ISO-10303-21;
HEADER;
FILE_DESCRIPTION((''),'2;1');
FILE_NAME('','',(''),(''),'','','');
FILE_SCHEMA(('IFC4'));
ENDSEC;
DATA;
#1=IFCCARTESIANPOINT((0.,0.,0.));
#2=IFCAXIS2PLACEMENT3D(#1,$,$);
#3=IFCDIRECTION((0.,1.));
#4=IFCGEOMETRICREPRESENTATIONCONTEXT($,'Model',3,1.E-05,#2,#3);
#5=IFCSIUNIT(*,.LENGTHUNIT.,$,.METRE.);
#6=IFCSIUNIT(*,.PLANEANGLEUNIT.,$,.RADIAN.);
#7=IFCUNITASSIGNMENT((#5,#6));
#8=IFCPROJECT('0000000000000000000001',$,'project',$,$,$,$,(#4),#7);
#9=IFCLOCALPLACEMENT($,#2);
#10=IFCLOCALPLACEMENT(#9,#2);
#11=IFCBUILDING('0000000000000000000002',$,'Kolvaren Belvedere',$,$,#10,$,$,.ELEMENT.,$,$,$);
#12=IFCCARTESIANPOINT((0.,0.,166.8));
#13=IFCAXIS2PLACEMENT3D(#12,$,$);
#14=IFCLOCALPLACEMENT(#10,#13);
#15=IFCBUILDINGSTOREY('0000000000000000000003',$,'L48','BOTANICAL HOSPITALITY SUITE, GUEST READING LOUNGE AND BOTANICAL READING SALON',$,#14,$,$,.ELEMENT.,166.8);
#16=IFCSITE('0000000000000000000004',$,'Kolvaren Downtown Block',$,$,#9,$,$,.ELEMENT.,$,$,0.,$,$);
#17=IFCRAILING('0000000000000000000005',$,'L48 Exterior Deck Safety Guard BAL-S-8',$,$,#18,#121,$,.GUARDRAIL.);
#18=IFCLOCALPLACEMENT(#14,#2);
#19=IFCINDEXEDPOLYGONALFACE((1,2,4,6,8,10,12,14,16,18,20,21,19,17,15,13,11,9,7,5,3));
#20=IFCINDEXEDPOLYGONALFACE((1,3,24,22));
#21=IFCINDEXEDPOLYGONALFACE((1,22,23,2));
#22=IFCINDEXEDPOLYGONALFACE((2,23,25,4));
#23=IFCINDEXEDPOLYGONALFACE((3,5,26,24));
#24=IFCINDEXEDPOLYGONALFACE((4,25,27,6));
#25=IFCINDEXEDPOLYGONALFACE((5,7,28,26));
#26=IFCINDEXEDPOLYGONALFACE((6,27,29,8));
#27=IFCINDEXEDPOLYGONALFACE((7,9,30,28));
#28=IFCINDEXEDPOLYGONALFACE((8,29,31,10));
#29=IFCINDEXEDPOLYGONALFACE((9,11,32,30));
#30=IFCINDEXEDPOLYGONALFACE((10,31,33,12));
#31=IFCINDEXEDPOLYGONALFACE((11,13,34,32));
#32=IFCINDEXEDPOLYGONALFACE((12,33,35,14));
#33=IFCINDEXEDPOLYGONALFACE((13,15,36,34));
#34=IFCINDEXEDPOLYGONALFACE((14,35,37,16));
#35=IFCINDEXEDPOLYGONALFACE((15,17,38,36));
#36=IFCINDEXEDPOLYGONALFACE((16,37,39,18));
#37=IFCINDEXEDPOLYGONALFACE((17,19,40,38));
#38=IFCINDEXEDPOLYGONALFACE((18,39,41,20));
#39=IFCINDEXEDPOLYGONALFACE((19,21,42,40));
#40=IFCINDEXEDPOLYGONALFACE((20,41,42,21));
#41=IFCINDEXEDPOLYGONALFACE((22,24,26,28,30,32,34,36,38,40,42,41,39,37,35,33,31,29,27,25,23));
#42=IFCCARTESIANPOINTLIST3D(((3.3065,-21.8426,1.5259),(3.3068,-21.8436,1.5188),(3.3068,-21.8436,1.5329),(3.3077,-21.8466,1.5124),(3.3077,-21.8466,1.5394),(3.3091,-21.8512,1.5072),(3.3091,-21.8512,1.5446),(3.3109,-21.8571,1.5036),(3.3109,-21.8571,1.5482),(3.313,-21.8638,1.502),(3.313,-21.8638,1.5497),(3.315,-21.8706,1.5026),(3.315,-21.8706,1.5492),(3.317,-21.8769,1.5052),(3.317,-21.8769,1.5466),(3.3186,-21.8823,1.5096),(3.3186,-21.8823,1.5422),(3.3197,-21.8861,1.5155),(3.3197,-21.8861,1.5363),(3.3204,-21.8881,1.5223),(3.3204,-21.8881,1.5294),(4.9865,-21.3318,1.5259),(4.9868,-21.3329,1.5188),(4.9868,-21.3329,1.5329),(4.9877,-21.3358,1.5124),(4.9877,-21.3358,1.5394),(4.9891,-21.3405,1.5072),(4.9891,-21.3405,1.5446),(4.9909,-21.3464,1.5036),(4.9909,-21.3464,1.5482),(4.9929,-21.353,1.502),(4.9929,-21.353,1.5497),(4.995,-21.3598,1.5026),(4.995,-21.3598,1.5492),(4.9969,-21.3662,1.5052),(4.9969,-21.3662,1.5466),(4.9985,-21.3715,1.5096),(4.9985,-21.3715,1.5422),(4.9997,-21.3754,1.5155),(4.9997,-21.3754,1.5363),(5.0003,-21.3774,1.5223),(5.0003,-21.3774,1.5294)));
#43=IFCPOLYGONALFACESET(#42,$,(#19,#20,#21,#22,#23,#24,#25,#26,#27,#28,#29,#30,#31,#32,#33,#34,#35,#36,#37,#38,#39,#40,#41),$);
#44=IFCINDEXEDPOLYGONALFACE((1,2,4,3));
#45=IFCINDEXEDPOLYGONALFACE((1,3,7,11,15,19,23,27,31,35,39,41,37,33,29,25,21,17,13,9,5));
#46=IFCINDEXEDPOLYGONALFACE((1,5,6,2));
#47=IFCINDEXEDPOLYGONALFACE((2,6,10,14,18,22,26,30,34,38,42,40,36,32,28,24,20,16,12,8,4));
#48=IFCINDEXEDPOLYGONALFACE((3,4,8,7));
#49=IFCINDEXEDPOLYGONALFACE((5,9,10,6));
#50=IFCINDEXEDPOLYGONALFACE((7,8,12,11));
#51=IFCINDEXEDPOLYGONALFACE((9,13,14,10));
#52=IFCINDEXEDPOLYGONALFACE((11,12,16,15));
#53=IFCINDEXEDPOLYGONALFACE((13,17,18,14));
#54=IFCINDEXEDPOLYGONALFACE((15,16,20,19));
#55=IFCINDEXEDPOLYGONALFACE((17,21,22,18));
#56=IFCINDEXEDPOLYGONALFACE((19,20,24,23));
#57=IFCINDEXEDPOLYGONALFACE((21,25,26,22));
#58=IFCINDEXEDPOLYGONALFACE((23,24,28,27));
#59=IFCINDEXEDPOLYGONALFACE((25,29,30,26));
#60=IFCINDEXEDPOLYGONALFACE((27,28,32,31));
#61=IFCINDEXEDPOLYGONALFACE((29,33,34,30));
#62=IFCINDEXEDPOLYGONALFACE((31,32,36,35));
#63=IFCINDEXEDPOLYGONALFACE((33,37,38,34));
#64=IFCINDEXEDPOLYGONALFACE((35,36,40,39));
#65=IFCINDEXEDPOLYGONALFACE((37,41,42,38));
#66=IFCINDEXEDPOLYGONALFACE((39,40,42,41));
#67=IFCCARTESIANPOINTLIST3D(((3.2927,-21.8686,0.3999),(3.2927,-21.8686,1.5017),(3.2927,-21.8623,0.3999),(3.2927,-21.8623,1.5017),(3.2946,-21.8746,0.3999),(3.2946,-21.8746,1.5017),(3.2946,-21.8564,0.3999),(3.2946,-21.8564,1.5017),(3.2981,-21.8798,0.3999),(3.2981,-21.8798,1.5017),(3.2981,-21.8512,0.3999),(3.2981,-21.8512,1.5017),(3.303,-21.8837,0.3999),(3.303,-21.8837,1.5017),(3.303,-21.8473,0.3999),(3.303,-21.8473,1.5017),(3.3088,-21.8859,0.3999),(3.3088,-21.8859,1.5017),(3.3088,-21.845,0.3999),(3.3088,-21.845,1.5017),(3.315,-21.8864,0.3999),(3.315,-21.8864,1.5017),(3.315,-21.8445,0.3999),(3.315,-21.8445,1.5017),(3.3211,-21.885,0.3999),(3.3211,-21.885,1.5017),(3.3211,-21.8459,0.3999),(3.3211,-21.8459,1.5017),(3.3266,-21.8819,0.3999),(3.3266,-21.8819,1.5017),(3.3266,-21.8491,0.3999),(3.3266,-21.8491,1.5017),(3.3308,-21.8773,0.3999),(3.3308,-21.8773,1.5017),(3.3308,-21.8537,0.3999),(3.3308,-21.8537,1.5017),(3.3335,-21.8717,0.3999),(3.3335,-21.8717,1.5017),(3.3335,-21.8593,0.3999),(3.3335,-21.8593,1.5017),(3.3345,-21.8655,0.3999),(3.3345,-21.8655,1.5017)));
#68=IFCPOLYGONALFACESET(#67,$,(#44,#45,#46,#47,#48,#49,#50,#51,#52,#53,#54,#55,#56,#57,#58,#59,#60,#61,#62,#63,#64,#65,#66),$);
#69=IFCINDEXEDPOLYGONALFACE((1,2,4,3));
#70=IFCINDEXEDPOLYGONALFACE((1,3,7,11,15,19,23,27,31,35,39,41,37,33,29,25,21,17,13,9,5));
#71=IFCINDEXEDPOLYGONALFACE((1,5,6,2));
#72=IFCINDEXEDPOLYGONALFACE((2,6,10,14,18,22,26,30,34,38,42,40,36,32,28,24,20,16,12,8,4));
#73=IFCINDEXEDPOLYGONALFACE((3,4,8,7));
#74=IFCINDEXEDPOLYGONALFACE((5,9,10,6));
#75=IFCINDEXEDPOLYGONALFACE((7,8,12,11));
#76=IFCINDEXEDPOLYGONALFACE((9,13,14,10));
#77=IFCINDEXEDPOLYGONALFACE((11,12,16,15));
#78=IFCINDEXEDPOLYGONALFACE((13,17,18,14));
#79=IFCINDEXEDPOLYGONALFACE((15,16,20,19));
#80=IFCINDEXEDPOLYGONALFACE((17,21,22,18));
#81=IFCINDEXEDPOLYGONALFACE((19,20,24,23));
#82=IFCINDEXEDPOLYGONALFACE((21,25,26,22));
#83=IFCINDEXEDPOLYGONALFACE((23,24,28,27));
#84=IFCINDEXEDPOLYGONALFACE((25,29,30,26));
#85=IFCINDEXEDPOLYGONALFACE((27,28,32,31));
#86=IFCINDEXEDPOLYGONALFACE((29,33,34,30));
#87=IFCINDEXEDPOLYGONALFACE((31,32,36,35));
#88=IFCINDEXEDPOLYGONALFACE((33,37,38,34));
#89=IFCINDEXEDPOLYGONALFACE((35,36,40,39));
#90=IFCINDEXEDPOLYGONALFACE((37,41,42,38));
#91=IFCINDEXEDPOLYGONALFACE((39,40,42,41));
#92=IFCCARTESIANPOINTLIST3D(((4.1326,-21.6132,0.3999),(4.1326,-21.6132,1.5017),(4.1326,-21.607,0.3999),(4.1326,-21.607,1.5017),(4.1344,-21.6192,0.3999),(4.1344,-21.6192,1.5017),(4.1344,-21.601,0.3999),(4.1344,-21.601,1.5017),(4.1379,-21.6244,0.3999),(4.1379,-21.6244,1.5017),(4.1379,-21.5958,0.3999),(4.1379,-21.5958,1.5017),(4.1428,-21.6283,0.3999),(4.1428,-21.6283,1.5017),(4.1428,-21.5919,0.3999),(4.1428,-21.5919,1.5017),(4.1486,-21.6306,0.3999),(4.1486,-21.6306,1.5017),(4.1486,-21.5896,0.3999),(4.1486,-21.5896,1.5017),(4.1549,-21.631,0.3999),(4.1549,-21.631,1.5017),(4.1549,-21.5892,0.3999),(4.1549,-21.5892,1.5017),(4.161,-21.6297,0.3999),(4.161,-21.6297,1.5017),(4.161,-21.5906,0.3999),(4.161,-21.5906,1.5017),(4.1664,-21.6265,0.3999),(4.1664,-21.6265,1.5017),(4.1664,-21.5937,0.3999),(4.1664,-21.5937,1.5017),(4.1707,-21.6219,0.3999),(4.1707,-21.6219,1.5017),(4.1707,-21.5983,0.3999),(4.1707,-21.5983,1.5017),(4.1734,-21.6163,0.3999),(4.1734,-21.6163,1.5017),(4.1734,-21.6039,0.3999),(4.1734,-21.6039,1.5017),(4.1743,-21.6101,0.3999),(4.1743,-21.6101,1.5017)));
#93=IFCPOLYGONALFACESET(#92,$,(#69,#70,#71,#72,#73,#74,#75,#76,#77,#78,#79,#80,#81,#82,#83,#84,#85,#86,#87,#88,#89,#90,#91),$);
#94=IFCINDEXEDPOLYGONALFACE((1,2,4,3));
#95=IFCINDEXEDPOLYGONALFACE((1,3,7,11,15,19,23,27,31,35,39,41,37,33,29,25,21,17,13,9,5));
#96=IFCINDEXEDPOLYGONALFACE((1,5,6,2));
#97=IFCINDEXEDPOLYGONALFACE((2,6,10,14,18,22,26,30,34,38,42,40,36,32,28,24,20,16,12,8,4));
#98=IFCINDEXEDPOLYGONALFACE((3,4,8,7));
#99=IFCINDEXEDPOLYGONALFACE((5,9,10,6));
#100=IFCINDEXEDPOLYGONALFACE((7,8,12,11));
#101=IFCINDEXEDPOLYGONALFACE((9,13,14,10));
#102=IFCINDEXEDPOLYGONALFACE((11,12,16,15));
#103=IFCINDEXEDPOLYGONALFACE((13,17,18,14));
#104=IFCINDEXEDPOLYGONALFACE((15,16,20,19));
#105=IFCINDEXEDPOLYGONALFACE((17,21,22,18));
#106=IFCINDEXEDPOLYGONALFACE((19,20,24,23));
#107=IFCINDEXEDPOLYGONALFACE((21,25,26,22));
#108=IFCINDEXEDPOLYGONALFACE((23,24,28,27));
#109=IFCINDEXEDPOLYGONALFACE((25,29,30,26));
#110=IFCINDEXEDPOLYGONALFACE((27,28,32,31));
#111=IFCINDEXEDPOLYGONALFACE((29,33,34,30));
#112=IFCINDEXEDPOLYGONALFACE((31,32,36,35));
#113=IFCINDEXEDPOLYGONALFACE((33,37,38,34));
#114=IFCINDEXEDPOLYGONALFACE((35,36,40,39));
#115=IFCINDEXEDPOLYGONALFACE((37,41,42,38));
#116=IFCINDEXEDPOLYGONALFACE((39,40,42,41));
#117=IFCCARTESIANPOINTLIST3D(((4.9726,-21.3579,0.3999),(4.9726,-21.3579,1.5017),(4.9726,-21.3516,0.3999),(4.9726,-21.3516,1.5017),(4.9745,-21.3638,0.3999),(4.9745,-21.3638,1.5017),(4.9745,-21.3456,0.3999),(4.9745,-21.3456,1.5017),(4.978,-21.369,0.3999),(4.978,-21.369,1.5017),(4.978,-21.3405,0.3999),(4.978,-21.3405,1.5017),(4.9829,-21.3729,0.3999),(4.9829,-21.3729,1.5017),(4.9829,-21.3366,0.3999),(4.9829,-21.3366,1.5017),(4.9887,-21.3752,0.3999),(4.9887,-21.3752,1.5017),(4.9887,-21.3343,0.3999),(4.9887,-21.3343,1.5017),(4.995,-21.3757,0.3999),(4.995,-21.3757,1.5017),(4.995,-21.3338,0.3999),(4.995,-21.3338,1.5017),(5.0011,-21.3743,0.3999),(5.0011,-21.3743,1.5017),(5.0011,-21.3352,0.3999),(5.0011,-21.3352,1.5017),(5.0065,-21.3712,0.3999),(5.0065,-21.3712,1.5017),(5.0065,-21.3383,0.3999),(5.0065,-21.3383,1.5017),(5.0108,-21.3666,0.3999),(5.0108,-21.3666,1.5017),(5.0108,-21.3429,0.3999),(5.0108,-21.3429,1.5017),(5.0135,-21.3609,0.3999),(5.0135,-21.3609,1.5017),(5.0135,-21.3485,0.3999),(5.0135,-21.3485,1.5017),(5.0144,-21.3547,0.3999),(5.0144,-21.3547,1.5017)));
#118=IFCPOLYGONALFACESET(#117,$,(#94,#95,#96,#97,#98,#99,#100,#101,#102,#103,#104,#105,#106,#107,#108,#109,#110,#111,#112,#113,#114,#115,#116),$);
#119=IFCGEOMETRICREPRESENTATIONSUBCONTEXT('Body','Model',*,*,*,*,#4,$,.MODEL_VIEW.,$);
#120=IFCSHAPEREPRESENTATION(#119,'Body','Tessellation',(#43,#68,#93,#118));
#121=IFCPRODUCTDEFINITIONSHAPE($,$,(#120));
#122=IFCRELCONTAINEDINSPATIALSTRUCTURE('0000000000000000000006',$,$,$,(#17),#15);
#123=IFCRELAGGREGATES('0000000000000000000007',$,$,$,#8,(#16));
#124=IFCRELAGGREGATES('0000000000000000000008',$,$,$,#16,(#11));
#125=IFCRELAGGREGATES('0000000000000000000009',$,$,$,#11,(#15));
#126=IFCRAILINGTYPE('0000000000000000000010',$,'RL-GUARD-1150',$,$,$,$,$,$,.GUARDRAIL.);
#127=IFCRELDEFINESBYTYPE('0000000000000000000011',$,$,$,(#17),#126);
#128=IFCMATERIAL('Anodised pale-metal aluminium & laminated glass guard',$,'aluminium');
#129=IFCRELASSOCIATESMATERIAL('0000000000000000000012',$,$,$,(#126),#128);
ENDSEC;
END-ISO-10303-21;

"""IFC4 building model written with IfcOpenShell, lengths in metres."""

from ifc_helpers import new_model, si_unit, direction, frame, origin, origin_2d, place, context, subcontext, project, spatial, circle, extrude, material, type_object, element, save


model = new_model("IFC4")

# Units and contexts
model_context = context("Model", 3, precision=1e-05, world=origin(), true_north=direction((0.0, 1.0)))
body_context = subcontext(model_context, "Body", "Model", "MODEL_VIEW")
ifc_project = project(units=[si_unit("LENGTHUNIT", "METRE"), si_unit("PLANEANGLEUNIT", "RADIAN")], contexts=[model_context])

# Site, building, storey
site_placement = place(None, origin())
site = spatial("IfcSite", under=ifc_project, at=site_placement, Name="Kolvaren Downtown Block", CompositionType="ELEMENT", RefElevation=0.0)
building_placement = place(site_placement, origin())
building = spatial("IfcBuilding", under=site, at=building_placement, Name="Kolvaren Belvedere", CompositionType="ELEMENT")
storey_placement = place(building_placement, frame((0.0, 0.0, 166.8)))
storey = spatial("IfcBuildingStorey", under=building, at=storey_placement, Name="L48", Description="BOTANICAL HOSPITALITY SUITE, GUEST READING LOUNGE AND BOTANICAL READING SALON", CompositionType="ELEMENT", Elevation=166.8)

# Railing
ifc_material_1 = material(Name="Anodised pale-metal aluminium & laminated glass guard", Category="aluminium")
railing_type = type_object("IfcRailingType", Name="RL-GUARD-1150", PredefinedType="GUARDRAIL", material=ifc_material_1)
railing_1_placement = place(storey_placement, frame((3.3135, -21.8655, 0.3999)))
element("IfcRailing", 1, at=railing_1_placement, inside=storey, type_object=railing_type, Name="L48 Exterior Deck Safety Guard BAL-S-8", PredefinedType="GUARDRAIL", context=body_context, shape_type="SweptSolid", body=[
    extrude(circle(Radius=0.0239, at=origin_2d()), frame((0.0, 0.0, 1.126), z_axis=(0.95676, 0.290879, 0.0), x_axis=(-0.290879, 0.95676, 0.0)), (0.0, 0.0, 1.0), 1.7559),
    extrude(circle(Radius=0.021, at=origin_2d()), origin(), (0.0, 0.0, 1.0), 1.1018),
    extrude(circle(Radius=0.021, at=origin_2d()), frame((0.8398, 0.2554, 0.0)), (0.0, 0.0, 1.0), 1.1018),
    extrude(circle(Radius=0.021, at=origin_2d()), frame((1.6799, 0.5107, 0.0)), (0.0, 0.0, 1.0), 1.1018),
])

save(model, "model.ifc")
